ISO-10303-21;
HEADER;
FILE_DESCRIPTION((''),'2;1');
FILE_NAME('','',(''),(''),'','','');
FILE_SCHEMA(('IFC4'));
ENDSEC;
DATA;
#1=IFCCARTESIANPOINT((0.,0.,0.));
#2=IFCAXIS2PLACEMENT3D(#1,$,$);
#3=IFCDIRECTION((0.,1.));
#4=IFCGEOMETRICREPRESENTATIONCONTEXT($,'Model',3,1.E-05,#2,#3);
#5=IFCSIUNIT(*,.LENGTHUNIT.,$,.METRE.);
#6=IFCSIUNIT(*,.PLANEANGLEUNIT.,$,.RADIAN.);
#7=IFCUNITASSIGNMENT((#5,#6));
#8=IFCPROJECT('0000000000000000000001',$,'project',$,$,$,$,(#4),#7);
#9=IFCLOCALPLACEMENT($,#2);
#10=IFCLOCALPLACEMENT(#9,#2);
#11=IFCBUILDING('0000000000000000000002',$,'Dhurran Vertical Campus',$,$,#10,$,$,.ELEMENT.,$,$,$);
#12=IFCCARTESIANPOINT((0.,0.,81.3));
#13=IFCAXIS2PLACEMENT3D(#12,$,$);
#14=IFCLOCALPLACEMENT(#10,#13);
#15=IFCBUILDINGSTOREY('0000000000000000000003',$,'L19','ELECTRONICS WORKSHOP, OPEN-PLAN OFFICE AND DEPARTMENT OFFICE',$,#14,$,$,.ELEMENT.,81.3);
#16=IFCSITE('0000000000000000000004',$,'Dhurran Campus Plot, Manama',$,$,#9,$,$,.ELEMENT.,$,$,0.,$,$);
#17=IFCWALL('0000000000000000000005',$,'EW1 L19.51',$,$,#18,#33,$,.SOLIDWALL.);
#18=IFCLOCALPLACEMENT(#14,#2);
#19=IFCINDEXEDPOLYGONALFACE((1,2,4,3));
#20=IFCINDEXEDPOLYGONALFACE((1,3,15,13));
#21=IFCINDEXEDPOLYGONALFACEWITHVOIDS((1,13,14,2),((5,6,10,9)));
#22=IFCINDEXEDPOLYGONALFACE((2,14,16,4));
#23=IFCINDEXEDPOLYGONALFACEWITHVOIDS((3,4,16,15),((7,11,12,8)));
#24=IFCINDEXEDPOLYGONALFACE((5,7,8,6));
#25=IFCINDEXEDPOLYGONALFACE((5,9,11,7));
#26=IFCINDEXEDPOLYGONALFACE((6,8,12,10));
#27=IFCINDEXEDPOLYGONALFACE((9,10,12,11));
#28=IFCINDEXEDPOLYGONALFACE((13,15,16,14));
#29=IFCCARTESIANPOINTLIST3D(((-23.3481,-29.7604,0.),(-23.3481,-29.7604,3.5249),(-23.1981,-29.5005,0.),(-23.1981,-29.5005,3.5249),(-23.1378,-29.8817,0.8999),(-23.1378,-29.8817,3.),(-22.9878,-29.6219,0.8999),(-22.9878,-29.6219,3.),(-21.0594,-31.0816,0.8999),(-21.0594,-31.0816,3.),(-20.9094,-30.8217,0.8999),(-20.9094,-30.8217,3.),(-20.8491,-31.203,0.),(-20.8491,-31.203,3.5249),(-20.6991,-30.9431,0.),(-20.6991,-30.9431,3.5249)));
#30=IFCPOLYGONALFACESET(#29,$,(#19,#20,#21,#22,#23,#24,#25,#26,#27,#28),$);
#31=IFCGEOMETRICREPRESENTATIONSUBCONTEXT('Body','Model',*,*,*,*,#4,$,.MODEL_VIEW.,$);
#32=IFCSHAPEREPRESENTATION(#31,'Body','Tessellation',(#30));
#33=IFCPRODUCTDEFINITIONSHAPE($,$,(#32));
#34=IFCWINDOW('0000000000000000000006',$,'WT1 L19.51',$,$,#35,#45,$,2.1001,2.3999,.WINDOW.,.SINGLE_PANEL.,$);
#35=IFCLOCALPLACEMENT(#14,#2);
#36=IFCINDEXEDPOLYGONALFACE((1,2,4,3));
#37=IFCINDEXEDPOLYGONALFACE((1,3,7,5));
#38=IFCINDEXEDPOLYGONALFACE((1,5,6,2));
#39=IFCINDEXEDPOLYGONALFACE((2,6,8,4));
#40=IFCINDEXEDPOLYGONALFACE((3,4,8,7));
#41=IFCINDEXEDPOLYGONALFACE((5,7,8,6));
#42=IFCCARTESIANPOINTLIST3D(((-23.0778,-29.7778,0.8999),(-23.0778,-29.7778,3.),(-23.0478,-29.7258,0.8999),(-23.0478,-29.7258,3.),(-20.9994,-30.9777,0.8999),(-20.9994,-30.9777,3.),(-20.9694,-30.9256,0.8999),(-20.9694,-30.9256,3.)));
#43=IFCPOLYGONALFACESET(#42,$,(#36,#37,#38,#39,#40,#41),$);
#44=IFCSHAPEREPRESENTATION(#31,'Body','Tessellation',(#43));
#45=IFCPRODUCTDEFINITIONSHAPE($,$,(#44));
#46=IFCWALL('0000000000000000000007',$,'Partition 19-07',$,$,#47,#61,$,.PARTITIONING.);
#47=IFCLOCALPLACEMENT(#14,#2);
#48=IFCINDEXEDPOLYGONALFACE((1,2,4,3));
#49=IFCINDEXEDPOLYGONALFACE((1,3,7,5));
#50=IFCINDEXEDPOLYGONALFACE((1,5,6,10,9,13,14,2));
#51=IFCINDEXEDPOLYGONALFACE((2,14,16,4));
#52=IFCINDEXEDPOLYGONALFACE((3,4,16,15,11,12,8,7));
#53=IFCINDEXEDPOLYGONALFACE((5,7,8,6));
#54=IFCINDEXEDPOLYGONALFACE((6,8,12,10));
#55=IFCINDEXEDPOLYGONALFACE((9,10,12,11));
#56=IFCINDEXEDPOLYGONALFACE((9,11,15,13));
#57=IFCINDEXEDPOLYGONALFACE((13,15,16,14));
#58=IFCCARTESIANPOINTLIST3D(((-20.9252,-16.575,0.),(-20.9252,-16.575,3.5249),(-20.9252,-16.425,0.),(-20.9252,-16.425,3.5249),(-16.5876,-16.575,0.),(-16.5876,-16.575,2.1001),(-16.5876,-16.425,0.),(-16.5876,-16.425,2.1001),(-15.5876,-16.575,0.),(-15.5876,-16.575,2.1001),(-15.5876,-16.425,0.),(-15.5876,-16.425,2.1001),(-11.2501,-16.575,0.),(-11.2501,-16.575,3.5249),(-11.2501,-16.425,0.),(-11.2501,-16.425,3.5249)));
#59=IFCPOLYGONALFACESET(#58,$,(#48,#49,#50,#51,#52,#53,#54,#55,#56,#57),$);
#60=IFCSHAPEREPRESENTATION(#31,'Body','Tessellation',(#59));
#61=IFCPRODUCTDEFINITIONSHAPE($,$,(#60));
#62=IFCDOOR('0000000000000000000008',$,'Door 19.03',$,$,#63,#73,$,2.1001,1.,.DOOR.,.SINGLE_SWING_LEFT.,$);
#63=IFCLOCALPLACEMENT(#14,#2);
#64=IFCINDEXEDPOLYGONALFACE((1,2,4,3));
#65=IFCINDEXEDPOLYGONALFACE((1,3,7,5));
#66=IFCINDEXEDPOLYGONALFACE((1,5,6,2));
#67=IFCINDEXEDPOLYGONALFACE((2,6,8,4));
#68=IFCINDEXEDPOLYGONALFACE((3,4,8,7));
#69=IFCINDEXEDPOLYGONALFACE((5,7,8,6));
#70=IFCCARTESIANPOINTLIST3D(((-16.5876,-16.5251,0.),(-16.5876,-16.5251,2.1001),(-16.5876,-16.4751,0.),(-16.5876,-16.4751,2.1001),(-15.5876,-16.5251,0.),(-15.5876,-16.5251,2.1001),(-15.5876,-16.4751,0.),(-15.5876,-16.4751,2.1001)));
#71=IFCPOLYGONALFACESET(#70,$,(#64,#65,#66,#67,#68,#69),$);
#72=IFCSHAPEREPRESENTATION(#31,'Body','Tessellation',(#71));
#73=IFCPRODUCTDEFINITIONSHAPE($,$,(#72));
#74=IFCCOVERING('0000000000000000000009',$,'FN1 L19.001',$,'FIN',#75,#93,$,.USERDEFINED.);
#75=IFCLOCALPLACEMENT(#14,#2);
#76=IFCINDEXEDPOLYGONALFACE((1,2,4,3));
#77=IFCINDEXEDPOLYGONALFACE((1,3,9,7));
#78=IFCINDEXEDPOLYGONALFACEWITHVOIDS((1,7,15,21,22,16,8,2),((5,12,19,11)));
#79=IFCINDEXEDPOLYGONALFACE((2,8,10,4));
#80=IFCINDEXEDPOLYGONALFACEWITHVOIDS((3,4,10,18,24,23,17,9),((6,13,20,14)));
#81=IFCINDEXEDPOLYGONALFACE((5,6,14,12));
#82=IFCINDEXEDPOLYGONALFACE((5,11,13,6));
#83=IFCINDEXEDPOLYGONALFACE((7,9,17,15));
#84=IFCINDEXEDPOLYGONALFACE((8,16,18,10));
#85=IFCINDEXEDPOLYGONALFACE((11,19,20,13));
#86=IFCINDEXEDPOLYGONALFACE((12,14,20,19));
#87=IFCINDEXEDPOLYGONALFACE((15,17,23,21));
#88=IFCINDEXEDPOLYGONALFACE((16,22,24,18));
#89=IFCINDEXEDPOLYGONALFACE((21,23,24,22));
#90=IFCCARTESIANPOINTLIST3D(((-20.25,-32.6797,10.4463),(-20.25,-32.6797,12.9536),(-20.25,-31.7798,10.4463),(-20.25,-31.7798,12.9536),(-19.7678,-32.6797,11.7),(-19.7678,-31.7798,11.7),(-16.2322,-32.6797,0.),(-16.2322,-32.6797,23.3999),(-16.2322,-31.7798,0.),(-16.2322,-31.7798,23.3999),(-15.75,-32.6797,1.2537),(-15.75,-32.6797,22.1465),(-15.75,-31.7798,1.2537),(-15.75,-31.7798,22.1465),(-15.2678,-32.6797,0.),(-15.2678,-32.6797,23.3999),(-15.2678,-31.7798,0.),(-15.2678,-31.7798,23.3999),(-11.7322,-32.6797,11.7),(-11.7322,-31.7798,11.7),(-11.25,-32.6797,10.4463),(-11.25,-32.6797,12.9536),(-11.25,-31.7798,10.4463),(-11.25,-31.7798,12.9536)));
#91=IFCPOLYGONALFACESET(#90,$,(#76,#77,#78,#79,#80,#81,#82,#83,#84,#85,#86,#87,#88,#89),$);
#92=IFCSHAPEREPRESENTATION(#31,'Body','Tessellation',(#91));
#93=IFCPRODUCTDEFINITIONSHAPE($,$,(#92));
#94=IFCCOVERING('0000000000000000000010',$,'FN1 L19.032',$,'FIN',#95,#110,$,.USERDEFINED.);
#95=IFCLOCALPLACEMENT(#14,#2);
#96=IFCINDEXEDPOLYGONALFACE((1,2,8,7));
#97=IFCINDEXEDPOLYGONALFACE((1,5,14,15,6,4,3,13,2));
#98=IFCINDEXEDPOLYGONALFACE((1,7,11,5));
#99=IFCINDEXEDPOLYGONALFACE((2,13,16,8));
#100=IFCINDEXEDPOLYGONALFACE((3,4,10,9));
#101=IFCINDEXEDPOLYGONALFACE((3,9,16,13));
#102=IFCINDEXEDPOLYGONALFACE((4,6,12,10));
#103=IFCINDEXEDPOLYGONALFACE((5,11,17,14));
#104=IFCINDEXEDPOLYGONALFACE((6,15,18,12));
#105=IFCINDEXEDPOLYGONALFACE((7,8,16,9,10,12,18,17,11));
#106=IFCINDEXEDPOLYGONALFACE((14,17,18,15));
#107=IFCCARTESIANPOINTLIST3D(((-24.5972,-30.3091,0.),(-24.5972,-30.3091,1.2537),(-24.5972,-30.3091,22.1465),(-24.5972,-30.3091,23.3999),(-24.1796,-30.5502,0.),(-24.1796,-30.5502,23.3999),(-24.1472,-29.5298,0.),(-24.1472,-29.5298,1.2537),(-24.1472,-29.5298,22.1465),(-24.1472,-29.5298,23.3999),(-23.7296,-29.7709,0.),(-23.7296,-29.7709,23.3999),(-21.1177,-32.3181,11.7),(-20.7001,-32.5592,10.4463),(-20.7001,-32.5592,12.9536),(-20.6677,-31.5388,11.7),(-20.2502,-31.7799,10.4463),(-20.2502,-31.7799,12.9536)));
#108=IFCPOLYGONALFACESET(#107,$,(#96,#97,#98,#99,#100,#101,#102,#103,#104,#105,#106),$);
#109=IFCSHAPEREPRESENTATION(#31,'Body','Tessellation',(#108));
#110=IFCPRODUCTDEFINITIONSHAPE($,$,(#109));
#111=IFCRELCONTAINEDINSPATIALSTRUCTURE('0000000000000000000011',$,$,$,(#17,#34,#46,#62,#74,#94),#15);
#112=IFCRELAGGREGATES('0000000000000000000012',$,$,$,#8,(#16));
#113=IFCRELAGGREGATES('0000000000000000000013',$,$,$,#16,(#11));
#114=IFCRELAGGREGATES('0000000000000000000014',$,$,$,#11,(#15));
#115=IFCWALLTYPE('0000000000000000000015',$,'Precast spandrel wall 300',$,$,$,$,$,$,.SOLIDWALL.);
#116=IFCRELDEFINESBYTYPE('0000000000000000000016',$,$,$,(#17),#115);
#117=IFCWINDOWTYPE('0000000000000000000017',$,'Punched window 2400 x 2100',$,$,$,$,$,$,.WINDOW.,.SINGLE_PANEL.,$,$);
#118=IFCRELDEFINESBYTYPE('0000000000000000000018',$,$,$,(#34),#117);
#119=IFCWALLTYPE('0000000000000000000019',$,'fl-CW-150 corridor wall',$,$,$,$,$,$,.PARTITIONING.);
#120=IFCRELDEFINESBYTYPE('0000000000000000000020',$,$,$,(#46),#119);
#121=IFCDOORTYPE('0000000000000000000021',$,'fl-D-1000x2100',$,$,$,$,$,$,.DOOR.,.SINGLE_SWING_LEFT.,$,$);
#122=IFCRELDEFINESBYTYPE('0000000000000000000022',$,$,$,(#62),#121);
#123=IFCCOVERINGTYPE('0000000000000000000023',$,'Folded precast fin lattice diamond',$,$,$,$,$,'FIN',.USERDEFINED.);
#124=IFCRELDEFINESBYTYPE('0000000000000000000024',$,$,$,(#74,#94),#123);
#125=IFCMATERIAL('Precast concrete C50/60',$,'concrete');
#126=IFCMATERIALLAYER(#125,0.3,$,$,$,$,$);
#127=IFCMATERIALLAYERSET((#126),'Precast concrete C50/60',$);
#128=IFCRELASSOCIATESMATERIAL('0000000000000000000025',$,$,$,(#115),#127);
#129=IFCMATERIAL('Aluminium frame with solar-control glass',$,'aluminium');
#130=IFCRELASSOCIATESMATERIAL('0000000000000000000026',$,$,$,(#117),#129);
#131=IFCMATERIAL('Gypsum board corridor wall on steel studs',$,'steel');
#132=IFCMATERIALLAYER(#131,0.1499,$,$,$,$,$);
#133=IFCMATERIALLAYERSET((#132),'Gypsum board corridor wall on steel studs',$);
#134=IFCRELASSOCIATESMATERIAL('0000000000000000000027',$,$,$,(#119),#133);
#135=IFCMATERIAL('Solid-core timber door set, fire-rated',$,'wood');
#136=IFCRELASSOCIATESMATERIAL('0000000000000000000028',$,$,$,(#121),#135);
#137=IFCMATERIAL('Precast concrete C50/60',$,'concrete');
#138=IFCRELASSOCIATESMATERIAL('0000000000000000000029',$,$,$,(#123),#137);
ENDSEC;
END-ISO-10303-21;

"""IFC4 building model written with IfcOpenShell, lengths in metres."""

from ifc_helpers import new_model, si_unit, direction, frame, frame_2d, origin, place, context, subcontext, project, spatial, polyline, rectangle, outline, extrude, material, layer, layer_set, type_object, element, fill, save


model = new_model("IFC4")

# Units and contexts
model_context = context("Model", 3, precision=1e-05, world=origin(), true_north=direction((0.0, 1.0)))
body_context = subcontext(model_context, "Body", "Model", "MODEL_VIEW")
ifc_project = project(units=[si_unit("LENGTHUNIT", "METRE"), si_unit("PLANEANGLEUNIT", "RADIAN")], contexts=[model_context])

# Site, building, storey
site_placement = place(None, origin())
site = spatial("IfcSite", under=ifc_project, at=site_placement, Name="Dhurran Campus Plot, Manama", CompositionType="ELEMENT", RefElevation=0.0)
building_placement = place(site_placement, origin())
building = spatial("IfcBuilding", under=site, at=building_placement, Name="Dhurran Vertical Campus", CompositionType="ELEMENT")
storey_placement = place(building_placement, frame((0.0, 0.0, 81.3)))
storey = spatial("IfcBuildingStorey", under=building, at=storey_placement, Name="L19", Description="ELECTRONICS WORKSHOP, OPEN-PLAN OFFICE AND DEPARTMENT OFFICE", CompositionType="ELEMENT", Elevation=81.3)

# Wall, opening, window
ifc_material_1 = material(Name="Precast concrete C50/60", Category="concrete")
ifc_layer_1 = layer(ifc_material_1, 0.3)
ifc_layer_set_1 = layer_set([ifc_layer_1], Name="Precast concrete C50/60")
wall_type_1 = type_object("IfcWallType", Name="Precast spandrel wall 300", PredefinedType="SOLIDWALL", material=ifc_layer_set_1)
ifc_material_2 = material(Name="Aluminium frame with solar-control glass", Category="aluminium")
window_type = type_object("IfcWindowType", Name="Punched window 2400 x 2100", PartitioningType="SINGLE_PANEL", PredefinedType="WINDOW", material=ifc_material_2)
wall_1_placement = place(storey_placement, frame((-23.2732, -29.6304, 0.0), z_axis=(0.0, 0.0, 1.0), x_axis=(0.866053, -0.499952, 0.0)))
wall_1 = element("IfcWall", 1, at=wall_1_placement, inside=storey, type_object=wall_type_1, Name="EW1 L19.51", PredefinedType="SOLIDWALL", context=body_context, shape_type="SweptSolid", body=[
    extrude(rectangle(XDim=2.8855, YDim=0.3, at=frame_2d((1.4429, 0.0))), origin(), (0.0, 0.0, 1.0), 3.5249),
])
opening_1_placement = place(wall_1_placement, frame((0.2429, 0.0, 0.8999)))
opening_1 = element("IfcOpeningElement", 2, at=opening_1_placement, cuts=wall_1, PredefinedType="OPENING", context=body_context, shape_type="SweptSolid", body=[
    extrude(rectangle(XDim=2.3999, YDim=2.1001, at=frame_2d((1.2, 1.05))), frame((0.0, 0.1599, 0.0), z_axis=(0.0, -1.0, 0.0), x_axis=(1.0, 0.0, 0.0)), (0.0, 0.0, 1.0), 0.3201),
])
window_1_placement = place(opening_1_placement, origin())
window_1 = element("IfcWindow", 3, at=window_1_placement, inside=storey, type_object=window_type, Name="WT1 L19.51", OverallHeight=2.1001, OverallWidth=2.3999, PartitioningType="SINGLE_PANEL", PredefinedType="WINDOW", context=body_context, shape_type="SweptSolid", body=[
    extrude(rectangle(XDim=2.3999, YDim=2.1001, at=frame_2d((1.2, 1.05))), frame((0.0, 0.03, 0.0), z_axis=(0.0, -1.0, 0.0), x_axis=(1.0, 0.0, 0.0)), (0.0, 0.0, 1.0), 0.0601),
])
fill(opening_1, window_1)

# Wall, opening, door
ifc_material_3 = material(Name="Gypsum board corridor wall on steel studs", Category="steel")
ifc_layer_2 = layer(ifc_material_3, 0.1499)
ifc_layer_set_2 = layer_set([ifc_layer_2], Name="Gypsum board corridor wall on steel studs")
wall_type_2 = type_object("IfcWallType", Name="fl-CW-150 corridor wall", PredefinedType="PARTITIONING", material=ifc_layer_set_2)
wall_2_placement = place(storey_placement, frame((-20.925, -16.5, 0.0), z_axis=(0.0, 0.0, 1.0), x_axis=(1.0, 0.0, 0.0)))
wall_2 = element("IfcWall", 4, at=wall_2_placement, inside=storey, type_object=wall_type_2, Name="Partition 19-07", PredefinedType="PARTITIONING", context=body_context, shape_type="SweptSolid", body=[
    extrude(rectangle(XDim=9.675, YDim=0.1499, at=frame_2d((4.8374, 0.0))), origin(), (0.0, 0.0, 1.0), 3.5249),
])
opening_2_placement = place(wall_2_placement, frame((4.3374, 0.0, 0.0)))
opening_2 = element("IfcOpeningElement", 5, at=opening_2_placement, cuts=wall_2, PredefinedType="OPENING", context=body_context, shape_type="SweptSolid", body=[
    extrude(rectangle(XDim=1.0, YDim=2.1001, at=frame_2d((0.5, 1.05))), frame((0.0, 0.085, 0.0), z_axis=(0.0, -1.0, 0.0), x_axis=(1.0, 0.0, 0.0)), (0.0, 0.0, 1.0), 0.1699),
])
ifc_material_4 = material(Name="Solid-core timber door set, fire-rated", Category="wood")
door_type = type_object("IfcDoorType", Name="fl-D-1000x2100", OperationType="SINGLE_SWING_LEFT", PredefinedType="DOOR", material=ifc_material_4)
door_placement = place(opening_2_placement, origin())
door = element("IfcDoor", 6, at=door_placement, inside=storey, type_object=door_type, Name="Door 19.03", OperationType="SINGLE_SWING_LEFT", OverallHeight=2.1001, OverallWidth=1.0, PredefinedType="DOOR", context=body_context, shape_type="SweptSolid", body=[
    extrude(rectangle(XDim=1.0, YDim=2.1001, at=frame_2d((0.5, 1.05))), frame((0.0, 0.0249, 0.0), z_axis=(0.0, -1.0, 0.0), x_axis=(1.0, 0.0, 0.0)), (0.0, 0.0, 1.0), 0.05),
])
fill(opening_2, door)

# Coverings
ifc_material_5 = material(Name="Precast concrete C50/60", Category="concrete")
covering_type = type_object("IfcCoveringType", Name="Folded precast fin lattice diamond", ElementType="FIN", PredefinedType="USERDEFINED", material=ifc_material_5)
for number, where, z_axis, x_axis, name in (
    (7, (-20.25, -31.7798, 0.0), (0.0, -1.0, 0.0), (1.0, 0.0, 0.0), "FN1 L19.001"),
):
    element("IfcCovering", number, at=place(storey_placement, frame(where, z_axis=z_axis, x_axis=x_axis)), inside=storey, type_object=covering_type, Name=name, ObjectType="FIN", PredefinedType="USERDEFINED", context=body_context, shape_type="SweptSolid", body=[
        extrude(outline(polyline([(9.0, 12.9536), (9.0, 10.4463), (4.9822, 0.0), (4.0178, 0.0), (0.0, 10.4463), (0.0, 12.9536), (4.0178, 23.3999), (4.9822, 23.3999), (9.0, 12.9536)]), holes=[polyline([(8.5178, 11.7), (4.5, 22.1465), (0.4822, 11.7), (4.5, 1.2537), (8.5178, 11.7)])]), origin(), (0.0, 0.0, 1.0), 0.8999),
    ])
covering_1_placement = place(storey_placement, frame((-24.1472, -29.5298, 0.0), z_axis=(-0.50002, -0.866014, 0.0), x_axis=(0.866014, -0.50002, 0.0)))
element("IfcCovering", 8, at=covering_1_placement, inside=storey, type_object=covering_type, Name="FN1 L19.032", ObjectType="FIN", PredefinedType="USERDEFINED", context=body_context, shape_type="SweptSolid", body=[
    extrude(outline(polyline([(4.5, 10.4463), (0.4822, 0.0), (0.0, 0.0), (0.0, 1.2537), (4.0178, 11.7), (0.0, 22.1465), (0.0, 23.3999), (0.4822, 23.3999), (4.5, 12.9536), (4.5, 10.4463)])), origin(), (0.0, 0.0, 1.0), 0.8999),
])

save(model, "model.ifc")
